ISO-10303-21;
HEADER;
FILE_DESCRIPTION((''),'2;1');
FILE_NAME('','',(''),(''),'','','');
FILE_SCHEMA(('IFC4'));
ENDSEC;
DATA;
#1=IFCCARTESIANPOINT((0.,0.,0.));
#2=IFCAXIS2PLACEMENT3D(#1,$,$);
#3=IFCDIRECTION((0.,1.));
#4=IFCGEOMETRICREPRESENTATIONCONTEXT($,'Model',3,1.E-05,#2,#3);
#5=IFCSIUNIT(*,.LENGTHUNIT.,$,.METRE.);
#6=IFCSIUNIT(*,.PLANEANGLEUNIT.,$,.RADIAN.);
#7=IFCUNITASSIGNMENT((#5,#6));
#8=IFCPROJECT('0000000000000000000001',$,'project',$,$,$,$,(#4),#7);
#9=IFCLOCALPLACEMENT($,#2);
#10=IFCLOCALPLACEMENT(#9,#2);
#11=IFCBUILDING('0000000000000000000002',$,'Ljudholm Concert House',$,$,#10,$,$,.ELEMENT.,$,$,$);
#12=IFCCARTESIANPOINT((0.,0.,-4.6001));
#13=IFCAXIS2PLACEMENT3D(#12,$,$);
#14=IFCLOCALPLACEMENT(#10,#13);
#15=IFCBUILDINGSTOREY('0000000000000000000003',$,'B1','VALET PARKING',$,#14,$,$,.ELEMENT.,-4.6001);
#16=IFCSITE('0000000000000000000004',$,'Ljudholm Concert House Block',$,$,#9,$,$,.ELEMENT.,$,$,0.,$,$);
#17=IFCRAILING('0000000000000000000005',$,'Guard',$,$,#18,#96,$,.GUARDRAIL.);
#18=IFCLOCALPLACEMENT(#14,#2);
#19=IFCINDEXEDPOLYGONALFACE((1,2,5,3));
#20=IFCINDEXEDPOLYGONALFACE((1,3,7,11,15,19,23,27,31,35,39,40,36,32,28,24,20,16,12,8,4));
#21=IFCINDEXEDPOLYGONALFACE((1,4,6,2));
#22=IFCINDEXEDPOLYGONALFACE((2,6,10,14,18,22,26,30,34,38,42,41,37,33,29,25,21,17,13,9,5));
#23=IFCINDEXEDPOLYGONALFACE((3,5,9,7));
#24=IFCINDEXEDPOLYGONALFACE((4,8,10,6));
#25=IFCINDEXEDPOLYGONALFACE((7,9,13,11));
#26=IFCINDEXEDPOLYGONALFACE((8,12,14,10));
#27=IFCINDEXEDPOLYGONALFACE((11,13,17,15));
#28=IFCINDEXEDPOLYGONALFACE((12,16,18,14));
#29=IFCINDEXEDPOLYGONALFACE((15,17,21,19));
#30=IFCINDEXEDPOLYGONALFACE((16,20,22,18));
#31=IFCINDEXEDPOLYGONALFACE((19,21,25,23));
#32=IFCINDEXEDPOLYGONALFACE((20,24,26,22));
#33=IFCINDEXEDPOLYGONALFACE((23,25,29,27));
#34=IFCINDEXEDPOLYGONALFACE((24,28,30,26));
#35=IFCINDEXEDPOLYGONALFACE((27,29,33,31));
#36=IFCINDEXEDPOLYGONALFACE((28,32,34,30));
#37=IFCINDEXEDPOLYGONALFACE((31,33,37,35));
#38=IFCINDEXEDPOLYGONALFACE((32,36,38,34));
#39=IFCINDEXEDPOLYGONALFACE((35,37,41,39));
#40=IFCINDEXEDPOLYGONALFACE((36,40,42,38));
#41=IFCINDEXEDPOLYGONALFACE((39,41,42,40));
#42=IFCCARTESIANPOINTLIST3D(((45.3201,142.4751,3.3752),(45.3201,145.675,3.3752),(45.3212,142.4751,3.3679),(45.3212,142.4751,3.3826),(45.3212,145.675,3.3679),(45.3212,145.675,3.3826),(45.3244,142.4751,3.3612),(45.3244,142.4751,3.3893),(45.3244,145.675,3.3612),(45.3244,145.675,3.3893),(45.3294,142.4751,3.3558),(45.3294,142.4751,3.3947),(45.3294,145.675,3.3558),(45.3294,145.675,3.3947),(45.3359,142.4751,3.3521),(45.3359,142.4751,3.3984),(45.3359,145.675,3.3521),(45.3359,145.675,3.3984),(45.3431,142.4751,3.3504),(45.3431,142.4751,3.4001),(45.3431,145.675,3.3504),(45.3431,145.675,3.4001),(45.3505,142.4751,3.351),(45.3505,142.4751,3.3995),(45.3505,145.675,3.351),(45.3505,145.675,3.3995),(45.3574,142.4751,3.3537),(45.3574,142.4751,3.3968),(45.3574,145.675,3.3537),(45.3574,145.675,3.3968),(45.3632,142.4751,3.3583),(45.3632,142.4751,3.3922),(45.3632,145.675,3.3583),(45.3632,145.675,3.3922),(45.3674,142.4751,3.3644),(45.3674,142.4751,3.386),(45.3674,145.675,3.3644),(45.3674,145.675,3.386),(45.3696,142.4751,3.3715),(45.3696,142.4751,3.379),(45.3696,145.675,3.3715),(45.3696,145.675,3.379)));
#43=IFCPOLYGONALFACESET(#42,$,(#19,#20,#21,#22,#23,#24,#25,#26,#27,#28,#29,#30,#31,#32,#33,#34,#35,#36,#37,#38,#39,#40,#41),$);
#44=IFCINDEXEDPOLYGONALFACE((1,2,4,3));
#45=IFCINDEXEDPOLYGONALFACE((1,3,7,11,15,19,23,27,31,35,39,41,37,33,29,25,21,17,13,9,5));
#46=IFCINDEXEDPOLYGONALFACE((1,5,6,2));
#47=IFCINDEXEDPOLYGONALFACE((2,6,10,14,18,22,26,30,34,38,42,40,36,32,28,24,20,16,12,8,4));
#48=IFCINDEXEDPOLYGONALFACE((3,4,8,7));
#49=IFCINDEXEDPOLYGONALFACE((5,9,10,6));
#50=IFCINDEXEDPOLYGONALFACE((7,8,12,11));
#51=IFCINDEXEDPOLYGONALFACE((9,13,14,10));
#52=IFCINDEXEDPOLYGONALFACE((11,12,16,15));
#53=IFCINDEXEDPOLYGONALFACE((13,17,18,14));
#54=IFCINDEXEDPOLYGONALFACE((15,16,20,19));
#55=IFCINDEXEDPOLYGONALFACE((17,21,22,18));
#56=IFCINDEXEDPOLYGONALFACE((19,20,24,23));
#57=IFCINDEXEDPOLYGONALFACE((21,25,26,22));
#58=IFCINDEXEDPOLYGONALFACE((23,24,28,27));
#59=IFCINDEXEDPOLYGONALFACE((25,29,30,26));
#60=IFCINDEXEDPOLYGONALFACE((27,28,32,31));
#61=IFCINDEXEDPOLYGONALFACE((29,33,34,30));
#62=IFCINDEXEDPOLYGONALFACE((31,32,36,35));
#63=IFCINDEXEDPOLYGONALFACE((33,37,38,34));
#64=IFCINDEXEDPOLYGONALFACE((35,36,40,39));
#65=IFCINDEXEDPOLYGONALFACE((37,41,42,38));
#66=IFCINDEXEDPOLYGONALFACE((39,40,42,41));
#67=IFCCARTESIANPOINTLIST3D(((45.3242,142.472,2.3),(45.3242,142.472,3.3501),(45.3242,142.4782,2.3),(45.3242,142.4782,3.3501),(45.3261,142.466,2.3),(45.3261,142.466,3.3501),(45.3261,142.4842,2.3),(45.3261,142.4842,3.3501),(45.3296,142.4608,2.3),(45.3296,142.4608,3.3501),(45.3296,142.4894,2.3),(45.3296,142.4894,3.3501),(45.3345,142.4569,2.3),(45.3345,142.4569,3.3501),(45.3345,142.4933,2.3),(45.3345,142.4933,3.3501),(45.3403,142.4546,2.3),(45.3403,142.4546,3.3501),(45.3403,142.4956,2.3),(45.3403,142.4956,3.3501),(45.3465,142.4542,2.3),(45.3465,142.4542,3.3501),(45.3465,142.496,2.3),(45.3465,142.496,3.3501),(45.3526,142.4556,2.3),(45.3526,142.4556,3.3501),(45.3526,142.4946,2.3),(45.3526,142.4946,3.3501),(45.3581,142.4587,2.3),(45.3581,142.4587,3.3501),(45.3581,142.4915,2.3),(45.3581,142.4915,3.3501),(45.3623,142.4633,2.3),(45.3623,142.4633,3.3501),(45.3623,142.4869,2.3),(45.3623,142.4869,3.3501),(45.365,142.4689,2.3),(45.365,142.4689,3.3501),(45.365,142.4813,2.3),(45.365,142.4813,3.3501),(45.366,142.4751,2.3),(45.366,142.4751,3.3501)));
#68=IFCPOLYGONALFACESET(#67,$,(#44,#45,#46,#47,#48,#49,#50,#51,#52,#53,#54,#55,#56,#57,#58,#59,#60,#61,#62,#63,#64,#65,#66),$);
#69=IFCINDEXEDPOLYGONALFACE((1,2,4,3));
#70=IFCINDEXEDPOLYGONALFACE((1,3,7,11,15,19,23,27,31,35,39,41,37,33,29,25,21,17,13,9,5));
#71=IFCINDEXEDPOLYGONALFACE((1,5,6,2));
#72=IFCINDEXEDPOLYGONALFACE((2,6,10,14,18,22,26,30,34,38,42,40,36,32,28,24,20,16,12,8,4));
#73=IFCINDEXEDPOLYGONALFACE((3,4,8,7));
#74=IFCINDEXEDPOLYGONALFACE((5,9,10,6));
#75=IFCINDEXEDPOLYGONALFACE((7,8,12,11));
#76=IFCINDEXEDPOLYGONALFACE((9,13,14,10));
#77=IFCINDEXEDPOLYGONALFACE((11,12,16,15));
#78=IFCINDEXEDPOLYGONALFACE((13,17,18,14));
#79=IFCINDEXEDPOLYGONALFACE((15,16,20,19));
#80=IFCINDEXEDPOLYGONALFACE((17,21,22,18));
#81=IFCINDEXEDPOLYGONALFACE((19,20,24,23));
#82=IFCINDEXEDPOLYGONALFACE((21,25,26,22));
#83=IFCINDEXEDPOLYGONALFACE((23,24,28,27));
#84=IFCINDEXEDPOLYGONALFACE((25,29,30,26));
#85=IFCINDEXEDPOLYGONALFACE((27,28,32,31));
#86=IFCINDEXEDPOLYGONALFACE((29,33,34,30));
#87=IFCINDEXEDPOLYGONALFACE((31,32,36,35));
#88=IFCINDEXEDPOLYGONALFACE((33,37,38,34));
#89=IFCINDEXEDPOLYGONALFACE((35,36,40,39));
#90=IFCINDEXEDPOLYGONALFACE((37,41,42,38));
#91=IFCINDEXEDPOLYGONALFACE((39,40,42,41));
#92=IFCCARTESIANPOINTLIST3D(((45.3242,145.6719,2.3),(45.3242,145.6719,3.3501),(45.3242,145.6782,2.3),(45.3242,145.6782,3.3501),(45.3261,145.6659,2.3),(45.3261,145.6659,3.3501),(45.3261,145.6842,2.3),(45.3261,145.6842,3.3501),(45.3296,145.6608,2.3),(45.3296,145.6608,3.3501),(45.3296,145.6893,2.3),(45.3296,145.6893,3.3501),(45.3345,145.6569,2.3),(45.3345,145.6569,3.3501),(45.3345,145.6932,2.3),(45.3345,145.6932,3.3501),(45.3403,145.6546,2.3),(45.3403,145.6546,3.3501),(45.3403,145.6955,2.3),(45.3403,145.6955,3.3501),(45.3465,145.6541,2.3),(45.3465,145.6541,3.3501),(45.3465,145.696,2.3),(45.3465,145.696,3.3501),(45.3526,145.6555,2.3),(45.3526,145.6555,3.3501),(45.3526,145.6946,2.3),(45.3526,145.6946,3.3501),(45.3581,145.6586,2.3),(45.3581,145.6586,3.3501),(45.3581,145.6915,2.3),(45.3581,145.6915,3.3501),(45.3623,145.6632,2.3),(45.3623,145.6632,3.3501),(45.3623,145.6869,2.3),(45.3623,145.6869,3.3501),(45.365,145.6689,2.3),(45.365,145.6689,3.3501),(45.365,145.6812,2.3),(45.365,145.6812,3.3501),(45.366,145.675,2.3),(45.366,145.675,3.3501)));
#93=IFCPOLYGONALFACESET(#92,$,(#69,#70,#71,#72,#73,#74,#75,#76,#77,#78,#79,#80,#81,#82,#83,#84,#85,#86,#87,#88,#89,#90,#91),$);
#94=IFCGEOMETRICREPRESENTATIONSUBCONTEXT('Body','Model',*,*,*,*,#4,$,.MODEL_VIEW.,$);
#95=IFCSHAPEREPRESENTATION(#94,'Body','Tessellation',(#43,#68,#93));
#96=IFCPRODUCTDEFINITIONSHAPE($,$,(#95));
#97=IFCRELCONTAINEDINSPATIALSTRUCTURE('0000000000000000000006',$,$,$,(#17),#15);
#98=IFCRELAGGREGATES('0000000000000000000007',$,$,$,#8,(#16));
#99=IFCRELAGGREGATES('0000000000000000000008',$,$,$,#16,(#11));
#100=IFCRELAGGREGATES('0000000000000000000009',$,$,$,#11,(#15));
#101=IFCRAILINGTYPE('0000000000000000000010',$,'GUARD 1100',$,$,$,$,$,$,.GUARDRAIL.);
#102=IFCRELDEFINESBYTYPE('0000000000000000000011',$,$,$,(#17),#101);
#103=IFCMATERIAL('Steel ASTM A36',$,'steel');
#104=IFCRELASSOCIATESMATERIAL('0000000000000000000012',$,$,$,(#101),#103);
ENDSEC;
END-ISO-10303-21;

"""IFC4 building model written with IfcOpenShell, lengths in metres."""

from ifc_helpers import new_model, si_unit, direction, frame, origin, origin_2d, place, context, subcontext, project, spatial, circle, extrude, material, type_object, element, save


model = new_model("IFC4")

# Units and contexts
model_context = context("Model", 3, precision=1e-05, world=origin(), true_north=direction((0.0, 1.0)))
body_context = subcontext(model_context, "Body", "Model", "MODEL_VIEW")
ifc_project = project(units=[si_unit("LENGTHUNIT", "METRE"), si_unit("PLANEANGLEUNIT", "RADIAN")], contexts=[model_context])

# Site, building, storey
site_placement = place(None, origin())
site = spatial("IfcSite", under=ifc_project, at=site_placement, Name="Ljudholm Concert House Block", CompositionType="ELEMENT", RefElevation=0.0)
building_placement = place(site_placement, origin())
building = spatial("IfcBuilding", under=site, at=building_placement, Name="Ljudholm Concert House", CompositionType="ELEMENT")
storey_placement = place(building_placement, frame((0.0, 0.0, -4.6001)))
storey = spatial("IfcBuildingStorey", under=building, at=storey_placement, Name="B1", Description="VALET PARKING", CompositionType="ELEMENT", Elevation=-4.6001)

# Railing
ifc_material_1 = material(Name="Steel ASTM A36", Category="steel")
railing_type_1 = type_object("IfcRailingType", Name="GUARD 1100", PredefinedType="GUARDRAIL", material=ifc_material_1)
railing_1_placement = place(storey_placement, frame((45.345, 142.4751, 2.3)))
element("IfcRailing", 1, at=railing_1_placement, inside=storey, type_object=railing_type_1, Name="Guard", PredefinedType="GUARDRAIL", context=body_context, shape_type="SweptSolid", body=[
    extrude(circle(Radius=0.0249, at=origin_2d()), frame((0.0, 0.0, 1.0752), z_axis=(0.0, 1.0, 0.0), x_axis=(-1.0, 0.0, 0.0)), (0.0, 0.0, 1.0), 3.2),
    extrude(circle(Radius=0.021, at=origin_2d()), origin(), (0.0, 0.0, 1.0), 1.05),
    extrude(circle(Radius=0.021, at=origin_2d()), frame((0.0, 3.2, 0.0)), (0.0, 0.0, 1.0), 1.05),
])

save(model, "model.ifc")
